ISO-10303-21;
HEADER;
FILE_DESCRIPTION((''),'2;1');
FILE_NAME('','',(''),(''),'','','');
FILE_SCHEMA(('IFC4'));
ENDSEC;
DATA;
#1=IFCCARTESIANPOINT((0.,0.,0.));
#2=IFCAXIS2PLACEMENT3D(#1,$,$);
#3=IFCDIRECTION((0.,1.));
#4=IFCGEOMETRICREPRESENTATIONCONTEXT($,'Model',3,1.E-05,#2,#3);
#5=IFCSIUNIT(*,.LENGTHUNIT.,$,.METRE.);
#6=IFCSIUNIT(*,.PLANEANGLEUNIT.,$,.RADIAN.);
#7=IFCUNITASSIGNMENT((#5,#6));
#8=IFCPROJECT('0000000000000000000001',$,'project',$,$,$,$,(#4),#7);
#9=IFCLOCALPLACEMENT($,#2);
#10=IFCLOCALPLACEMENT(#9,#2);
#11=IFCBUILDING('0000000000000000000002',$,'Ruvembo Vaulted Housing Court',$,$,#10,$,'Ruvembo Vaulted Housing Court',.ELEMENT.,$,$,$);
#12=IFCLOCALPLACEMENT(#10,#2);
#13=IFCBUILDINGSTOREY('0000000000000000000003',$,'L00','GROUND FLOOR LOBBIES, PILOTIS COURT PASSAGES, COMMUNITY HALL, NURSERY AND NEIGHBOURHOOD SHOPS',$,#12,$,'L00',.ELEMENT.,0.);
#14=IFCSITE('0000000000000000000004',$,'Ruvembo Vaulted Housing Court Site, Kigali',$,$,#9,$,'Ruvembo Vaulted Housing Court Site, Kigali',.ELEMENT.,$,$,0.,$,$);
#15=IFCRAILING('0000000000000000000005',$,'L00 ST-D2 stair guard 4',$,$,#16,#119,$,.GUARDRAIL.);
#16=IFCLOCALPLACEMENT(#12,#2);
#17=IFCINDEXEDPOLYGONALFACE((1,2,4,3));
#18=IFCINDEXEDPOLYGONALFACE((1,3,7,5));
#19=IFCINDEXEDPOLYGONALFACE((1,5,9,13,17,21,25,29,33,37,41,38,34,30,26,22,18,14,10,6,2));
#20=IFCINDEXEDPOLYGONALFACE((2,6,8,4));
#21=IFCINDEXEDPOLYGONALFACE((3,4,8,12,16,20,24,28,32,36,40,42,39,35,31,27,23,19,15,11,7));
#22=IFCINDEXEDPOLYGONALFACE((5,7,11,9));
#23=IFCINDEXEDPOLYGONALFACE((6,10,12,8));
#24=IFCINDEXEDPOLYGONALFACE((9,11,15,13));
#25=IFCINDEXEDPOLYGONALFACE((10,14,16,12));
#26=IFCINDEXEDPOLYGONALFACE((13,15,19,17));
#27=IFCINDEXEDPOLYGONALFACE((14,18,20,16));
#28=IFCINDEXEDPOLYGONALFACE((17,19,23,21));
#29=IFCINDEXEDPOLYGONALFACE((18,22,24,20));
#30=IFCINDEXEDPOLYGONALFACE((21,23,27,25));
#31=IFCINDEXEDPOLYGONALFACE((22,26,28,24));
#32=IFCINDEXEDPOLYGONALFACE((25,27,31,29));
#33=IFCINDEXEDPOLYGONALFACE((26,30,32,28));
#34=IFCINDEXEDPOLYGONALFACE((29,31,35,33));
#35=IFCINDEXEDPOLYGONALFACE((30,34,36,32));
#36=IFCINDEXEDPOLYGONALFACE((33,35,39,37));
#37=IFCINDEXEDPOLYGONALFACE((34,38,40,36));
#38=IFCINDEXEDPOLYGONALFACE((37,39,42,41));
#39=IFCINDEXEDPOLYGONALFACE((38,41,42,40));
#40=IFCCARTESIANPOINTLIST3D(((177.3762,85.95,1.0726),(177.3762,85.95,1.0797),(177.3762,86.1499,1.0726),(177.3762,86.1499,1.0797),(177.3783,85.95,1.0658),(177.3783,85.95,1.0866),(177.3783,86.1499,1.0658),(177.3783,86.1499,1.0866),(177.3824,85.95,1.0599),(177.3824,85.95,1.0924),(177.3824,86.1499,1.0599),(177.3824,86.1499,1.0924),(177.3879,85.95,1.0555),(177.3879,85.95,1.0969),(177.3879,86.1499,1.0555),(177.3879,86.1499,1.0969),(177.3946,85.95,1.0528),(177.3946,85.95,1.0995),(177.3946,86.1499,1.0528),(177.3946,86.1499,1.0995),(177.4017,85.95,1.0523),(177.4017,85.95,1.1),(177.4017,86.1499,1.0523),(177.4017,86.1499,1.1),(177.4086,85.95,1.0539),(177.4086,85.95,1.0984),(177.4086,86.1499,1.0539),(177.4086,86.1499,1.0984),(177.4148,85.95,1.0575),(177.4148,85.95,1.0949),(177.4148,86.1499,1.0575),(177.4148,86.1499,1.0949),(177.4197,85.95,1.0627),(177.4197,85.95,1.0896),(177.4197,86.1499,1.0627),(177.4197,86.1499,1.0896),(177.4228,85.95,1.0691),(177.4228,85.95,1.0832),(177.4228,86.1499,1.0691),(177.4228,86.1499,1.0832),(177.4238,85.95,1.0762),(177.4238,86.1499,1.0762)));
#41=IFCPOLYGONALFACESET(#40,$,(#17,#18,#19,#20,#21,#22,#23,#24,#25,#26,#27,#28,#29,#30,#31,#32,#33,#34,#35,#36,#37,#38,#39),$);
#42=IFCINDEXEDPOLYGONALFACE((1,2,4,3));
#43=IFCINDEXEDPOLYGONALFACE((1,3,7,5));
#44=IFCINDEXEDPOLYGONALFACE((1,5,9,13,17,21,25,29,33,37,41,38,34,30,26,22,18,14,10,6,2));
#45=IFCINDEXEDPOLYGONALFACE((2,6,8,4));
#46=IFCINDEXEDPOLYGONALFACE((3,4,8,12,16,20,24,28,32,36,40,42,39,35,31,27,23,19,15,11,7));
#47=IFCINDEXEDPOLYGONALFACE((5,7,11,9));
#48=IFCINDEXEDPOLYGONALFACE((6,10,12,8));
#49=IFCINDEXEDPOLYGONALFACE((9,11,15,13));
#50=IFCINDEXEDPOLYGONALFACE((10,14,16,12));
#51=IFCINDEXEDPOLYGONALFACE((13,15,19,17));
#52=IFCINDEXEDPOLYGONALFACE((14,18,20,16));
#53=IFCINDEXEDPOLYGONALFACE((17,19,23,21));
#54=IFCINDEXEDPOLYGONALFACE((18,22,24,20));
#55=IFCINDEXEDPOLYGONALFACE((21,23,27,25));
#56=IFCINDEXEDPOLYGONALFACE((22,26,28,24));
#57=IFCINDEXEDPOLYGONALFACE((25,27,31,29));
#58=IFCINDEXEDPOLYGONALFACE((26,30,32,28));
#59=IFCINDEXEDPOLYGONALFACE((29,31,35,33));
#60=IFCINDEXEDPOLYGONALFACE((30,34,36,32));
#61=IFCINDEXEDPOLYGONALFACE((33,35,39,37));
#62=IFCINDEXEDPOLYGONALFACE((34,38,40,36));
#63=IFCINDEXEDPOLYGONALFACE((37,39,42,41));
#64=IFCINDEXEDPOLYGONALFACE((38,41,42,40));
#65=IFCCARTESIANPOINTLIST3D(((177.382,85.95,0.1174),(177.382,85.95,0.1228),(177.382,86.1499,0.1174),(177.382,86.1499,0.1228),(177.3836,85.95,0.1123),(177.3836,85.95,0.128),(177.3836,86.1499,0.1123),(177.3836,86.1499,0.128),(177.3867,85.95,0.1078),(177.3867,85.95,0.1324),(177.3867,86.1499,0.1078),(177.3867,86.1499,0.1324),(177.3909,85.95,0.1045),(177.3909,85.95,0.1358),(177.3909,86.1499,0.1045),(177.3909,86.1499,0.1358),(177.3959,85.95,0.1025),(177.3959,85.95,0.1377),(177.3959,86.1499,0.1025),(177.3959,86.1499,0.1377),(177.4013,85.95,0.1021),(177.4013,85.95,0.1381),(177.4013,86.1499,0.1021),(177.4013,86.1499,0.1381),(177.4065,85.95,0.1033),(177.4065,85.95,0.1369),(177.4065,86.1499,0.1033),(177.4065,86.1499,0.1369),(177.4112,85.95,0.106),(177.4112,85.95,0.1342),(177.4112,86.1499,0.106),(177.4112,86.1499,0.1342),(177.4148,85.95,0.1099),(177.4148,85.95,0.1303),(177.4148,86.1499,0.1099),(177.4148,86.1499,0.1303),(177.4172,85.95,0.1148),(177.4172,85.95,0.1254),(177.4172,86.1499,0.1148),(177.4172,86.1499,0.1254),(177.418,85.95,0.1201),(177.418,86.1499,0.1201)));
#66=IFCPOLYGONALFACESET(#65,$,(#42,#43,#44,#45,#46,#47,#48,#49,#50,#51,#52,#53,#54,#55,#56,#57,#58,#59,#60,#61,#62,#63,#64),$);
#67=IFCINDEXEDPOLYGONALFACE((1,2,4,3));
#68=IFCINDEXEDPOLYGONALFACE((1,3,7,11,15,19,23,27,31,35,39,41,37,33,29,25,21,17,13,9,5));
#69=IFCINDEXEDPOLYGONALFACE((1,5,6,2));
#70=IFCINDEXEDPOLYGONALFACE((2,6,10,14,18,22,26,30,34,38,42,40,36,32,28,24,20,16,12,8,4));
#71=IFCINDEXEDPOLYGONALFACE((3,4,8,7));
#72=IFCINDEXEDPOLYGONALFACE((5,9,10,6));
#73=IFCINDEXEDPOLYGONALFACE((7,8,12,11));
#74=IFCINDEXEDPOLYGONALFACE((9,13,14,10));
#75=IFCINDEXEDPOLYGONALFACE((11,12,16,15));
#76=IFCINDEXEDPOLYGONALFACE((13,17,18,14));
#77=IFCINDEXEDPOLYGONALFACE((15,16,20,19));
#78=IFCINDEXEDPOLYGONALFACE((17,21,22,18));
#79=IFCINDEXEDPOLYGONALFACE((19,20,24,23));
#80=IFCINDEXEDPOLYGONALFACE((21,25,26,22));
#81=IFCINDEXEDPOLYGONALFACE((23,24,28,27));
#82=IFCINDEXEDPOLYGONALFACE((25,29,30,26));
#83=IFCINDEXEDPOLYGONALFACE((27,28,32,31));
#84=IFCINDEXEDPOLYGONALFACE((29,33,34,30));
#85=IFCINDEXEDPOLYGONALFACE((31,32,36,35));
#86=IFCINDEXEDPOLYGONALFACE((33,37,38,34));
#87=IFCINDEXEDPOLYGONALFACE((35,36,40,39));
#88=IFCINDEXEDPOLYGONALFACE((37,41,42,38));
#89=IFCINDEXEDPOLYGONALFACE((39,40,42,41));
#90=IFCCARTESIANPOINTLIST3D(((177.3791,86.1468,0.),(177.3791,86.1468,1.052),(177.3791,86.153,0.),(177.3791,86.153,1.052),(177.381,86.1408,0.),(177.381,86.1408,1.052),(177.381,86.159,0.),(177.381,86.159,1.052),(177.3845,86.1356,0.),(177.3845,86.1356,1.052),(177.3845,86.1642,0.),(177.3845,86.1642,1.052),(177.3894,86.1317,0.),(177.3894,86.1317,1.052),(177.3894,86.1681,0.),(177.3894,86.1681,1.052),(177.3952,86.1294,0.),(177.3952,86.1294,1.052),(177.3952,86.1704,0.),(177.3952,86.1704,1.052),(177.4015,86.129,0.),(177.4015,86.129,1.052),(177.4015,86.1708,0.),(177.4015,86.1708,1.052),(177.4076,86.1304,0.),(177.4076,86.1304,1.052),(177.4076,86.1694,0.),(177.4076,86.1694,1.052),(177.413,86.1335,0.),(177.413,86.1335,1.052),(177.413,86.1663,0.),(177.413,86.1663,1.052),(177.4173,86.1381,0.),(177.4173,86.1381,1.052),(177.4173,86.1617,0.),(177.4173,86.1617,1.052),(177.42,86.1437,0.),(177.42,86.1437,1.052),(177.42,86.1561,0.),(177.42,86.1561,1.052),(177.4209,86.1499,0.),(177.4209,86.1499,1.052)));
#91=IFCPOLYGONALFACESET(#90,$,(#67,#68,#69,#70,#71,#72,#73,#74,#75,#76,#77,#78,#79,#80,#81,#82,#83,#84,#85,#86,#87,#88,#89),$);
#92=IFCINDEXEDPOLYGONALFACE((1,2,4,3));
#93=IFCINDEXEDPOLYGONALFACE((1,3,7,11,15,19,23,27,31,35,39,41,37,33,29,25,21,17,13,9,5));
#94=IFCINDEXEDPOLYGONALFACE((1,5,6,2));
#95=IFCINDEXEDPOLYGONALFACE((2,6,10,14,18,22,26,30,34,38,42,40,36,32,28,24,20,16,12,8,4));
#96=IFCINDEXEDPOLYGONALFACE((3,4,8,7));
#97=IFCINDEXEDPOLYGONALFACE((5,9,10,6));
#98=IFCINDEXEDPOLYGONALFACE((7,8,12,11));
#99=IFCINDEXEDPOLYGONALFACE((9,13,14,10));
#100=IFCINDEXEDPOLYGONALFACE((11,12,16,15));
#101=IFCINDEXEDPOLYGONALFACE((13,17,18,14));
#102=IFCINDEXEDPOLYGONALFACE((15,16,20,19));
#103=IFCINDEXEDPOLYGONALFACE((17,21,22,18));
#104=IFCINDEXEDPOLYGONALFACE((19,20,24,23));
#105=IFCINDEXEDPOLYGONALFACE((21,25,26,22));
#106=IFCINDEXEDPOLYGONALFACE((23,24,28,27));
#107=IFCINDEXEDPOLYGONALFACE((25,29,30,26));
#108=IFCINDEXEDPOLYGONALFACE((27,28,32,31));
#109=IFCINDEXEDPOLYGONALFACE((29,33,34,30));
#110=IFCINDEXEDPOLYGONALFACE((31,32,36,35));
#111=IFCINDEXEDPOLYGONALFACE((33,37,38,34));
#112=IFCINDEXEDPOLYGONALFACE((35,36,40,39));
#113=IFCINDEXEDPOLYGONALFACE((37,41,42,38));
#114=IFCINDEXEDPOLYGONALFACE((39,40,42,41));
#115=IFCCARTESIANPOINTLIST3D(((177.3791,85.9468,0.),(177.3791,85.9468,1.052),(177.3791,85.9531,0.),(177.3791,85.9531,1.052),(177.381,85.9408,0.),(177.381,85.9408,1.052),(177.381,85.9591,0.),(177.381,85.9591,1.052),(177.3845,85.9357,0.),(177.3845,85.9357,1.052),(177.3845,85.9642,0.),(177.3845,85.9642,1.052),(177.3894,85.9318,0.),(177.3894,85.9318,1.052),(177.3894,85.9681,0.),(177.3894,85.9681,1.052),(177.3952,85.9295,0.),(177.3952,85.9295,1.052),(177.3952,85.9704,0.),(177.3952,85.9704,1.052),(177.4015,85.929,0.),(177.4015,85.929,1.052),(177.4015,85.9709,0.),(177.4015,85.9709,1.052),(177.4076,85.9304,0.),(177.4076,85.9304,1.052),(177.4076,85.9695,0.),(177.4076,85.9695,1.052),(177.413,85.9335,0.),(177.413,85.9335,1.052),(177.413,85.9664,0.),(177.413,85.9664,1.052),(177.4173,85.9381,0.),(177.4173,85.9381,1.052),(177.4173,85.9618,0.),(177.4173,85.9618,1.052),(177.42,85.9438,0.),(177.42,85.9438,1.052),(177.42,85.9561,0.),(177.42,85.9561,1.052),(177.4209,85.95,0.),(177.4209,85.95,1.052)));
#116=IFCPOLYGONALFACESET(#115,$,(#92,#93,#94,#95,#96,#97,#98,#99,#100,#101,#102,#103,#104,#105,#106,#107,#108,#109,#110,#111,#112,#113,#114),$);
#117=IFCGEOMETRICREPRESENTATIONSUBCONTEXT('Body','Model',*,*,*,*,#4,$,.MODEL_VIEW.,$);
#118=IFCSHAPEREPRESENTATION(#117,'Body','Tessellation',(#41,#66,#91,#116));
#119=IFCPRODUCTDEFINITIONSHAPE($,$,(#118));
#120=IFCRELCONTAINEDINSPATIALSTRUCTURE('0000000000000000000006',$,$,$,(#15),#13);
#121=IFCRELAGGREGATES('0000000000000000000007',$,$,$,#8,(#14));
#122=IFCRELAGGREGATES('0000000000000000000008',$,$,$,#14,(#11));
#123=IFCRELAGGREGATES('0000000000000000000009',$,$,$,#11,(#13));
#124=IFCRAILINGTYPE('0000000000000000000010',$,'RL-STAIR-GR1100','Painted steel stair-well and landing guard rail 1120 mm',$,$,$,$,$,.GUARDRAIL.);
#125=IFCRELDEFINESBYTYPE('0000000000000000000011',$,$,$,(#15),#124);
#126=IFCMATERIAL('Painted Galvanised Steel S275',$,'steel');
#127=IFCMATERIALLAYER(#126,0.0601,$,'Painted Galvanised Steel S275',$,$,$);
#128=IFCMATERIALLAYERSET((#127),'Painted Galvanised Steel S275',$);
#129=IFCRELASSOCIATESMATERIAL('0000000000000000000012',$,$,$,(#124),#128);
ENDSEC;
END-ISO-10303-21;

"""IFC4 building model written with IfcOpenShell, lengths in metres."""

from ifc_helpers import new_model, si_unit, direction, frame, origin, origin_2d, place, context, subcontext, project, spatial, circle, extrude, material, layer, layer_set, type_object, element, save


model = new_model("IFC4")

# Units and contexts
model_context = context("Model", 3, precision=1e-05, world=origin(), true_north=direction((0.0, 1.0)))
body_context = subcontext(model_context, "Body", "Model", "MODEL_VIEW")
ifc_project = project(units=[si_unit("LENGTHUNIT", "METRE"), si_unit("PLANEANGLEUNIT", "RADIAN")], contexts=[model_context])

# Site, building, storey
site_placement = place(None, origin())
site = spatial("IfcSite", under=ifc_project, at=site_placement, Name="Ruvembo Vaulted Housing Court Site, Kigali", LongName="Ruvembo Vaulted Housing Court Site, Kigali", CompositionType="ELEMENT", RefElevation=0.0)
building_placement = place(site_placement, origin())
building = spatial("IfcBuilding", under=site, at=building_placement, Name="Ruvembo Vaulted Housing Court", LongName="Ruvembo Vaulted Housing Court", CompositionType="ELEMENT")
storey_placement = place(building_placement, origin())
storey = spatial("IfcBuildingStorey", under=building, at=storey_placement, Name="L00", Description="GROUND FLOOR LOBBIES, PILOTIS COURT PASSAGES, COMMUNITY HALL, NURSERY AND NEIGHBOURHOOD SHOPS", LongName="L00", CompositionType="ELEMENT", Elevation=0.0)

# Railing
ifc_material_1 = material(Name="Painted Galvanised Steel S275", Category="steel")
ifc_layer_1 = layer(ifc_material_1, 0.0601, Name="Painted Galvanised Steel S275")
ifc_layer_set_1 = layer_set([ifc_layer_1], Name="Painted Galvanised Steel S275")
railing_type_1 = type_object("IfcRailingType", Name="RL-STAIR-GR1100", Description="Painted steel stair-well and landing guard rail 1120 mm", PredefinedType="GUARDRAIL", material=ifc_layer_set_1)
railing_1_placement = place(storey_placement, frame((177.3999, 86.1499, 0.0)))
element("IfcRailing", 1, at=railing_1_placement, inside=storey, type_object=railing_type_1, Name="L00 ST-D2 stair guard 4", PredefinedType="GUARDRAIL", context=body_context, shape_type="SweptSolid", body=[
    extrude(circle(Radius=0.0239, at=origin_2d()), frame((0.0, 0.0, 1.0762), z_axis=(0.0, -1.0, 0.0), x_axis=(1.0, 0.0, 0.0)), (0.0, 0.0, 1.0), 0.2),
    extrude(circle(Radius=0.0181, at=origin_2d()), frame((0.0, 0.0, 0.1201), z_axis=(0.0, -1.0, 0.0), x_axis=(1.0, 0.0, 0.0)), (0.0, 0.0, 1.0), 0.2),
    extrude(circle(Radius=0.021, at=origin_2d()), origin(), (0.0, 0.0, 1.0), 1.052),
    extrude(circle(Radius=0.021, at=origin_2d()), frame((0.0, -0.2, 0.0)), (0.0, 0.0, 1.0), 1.052),
])

save(model, "model.ifc")
